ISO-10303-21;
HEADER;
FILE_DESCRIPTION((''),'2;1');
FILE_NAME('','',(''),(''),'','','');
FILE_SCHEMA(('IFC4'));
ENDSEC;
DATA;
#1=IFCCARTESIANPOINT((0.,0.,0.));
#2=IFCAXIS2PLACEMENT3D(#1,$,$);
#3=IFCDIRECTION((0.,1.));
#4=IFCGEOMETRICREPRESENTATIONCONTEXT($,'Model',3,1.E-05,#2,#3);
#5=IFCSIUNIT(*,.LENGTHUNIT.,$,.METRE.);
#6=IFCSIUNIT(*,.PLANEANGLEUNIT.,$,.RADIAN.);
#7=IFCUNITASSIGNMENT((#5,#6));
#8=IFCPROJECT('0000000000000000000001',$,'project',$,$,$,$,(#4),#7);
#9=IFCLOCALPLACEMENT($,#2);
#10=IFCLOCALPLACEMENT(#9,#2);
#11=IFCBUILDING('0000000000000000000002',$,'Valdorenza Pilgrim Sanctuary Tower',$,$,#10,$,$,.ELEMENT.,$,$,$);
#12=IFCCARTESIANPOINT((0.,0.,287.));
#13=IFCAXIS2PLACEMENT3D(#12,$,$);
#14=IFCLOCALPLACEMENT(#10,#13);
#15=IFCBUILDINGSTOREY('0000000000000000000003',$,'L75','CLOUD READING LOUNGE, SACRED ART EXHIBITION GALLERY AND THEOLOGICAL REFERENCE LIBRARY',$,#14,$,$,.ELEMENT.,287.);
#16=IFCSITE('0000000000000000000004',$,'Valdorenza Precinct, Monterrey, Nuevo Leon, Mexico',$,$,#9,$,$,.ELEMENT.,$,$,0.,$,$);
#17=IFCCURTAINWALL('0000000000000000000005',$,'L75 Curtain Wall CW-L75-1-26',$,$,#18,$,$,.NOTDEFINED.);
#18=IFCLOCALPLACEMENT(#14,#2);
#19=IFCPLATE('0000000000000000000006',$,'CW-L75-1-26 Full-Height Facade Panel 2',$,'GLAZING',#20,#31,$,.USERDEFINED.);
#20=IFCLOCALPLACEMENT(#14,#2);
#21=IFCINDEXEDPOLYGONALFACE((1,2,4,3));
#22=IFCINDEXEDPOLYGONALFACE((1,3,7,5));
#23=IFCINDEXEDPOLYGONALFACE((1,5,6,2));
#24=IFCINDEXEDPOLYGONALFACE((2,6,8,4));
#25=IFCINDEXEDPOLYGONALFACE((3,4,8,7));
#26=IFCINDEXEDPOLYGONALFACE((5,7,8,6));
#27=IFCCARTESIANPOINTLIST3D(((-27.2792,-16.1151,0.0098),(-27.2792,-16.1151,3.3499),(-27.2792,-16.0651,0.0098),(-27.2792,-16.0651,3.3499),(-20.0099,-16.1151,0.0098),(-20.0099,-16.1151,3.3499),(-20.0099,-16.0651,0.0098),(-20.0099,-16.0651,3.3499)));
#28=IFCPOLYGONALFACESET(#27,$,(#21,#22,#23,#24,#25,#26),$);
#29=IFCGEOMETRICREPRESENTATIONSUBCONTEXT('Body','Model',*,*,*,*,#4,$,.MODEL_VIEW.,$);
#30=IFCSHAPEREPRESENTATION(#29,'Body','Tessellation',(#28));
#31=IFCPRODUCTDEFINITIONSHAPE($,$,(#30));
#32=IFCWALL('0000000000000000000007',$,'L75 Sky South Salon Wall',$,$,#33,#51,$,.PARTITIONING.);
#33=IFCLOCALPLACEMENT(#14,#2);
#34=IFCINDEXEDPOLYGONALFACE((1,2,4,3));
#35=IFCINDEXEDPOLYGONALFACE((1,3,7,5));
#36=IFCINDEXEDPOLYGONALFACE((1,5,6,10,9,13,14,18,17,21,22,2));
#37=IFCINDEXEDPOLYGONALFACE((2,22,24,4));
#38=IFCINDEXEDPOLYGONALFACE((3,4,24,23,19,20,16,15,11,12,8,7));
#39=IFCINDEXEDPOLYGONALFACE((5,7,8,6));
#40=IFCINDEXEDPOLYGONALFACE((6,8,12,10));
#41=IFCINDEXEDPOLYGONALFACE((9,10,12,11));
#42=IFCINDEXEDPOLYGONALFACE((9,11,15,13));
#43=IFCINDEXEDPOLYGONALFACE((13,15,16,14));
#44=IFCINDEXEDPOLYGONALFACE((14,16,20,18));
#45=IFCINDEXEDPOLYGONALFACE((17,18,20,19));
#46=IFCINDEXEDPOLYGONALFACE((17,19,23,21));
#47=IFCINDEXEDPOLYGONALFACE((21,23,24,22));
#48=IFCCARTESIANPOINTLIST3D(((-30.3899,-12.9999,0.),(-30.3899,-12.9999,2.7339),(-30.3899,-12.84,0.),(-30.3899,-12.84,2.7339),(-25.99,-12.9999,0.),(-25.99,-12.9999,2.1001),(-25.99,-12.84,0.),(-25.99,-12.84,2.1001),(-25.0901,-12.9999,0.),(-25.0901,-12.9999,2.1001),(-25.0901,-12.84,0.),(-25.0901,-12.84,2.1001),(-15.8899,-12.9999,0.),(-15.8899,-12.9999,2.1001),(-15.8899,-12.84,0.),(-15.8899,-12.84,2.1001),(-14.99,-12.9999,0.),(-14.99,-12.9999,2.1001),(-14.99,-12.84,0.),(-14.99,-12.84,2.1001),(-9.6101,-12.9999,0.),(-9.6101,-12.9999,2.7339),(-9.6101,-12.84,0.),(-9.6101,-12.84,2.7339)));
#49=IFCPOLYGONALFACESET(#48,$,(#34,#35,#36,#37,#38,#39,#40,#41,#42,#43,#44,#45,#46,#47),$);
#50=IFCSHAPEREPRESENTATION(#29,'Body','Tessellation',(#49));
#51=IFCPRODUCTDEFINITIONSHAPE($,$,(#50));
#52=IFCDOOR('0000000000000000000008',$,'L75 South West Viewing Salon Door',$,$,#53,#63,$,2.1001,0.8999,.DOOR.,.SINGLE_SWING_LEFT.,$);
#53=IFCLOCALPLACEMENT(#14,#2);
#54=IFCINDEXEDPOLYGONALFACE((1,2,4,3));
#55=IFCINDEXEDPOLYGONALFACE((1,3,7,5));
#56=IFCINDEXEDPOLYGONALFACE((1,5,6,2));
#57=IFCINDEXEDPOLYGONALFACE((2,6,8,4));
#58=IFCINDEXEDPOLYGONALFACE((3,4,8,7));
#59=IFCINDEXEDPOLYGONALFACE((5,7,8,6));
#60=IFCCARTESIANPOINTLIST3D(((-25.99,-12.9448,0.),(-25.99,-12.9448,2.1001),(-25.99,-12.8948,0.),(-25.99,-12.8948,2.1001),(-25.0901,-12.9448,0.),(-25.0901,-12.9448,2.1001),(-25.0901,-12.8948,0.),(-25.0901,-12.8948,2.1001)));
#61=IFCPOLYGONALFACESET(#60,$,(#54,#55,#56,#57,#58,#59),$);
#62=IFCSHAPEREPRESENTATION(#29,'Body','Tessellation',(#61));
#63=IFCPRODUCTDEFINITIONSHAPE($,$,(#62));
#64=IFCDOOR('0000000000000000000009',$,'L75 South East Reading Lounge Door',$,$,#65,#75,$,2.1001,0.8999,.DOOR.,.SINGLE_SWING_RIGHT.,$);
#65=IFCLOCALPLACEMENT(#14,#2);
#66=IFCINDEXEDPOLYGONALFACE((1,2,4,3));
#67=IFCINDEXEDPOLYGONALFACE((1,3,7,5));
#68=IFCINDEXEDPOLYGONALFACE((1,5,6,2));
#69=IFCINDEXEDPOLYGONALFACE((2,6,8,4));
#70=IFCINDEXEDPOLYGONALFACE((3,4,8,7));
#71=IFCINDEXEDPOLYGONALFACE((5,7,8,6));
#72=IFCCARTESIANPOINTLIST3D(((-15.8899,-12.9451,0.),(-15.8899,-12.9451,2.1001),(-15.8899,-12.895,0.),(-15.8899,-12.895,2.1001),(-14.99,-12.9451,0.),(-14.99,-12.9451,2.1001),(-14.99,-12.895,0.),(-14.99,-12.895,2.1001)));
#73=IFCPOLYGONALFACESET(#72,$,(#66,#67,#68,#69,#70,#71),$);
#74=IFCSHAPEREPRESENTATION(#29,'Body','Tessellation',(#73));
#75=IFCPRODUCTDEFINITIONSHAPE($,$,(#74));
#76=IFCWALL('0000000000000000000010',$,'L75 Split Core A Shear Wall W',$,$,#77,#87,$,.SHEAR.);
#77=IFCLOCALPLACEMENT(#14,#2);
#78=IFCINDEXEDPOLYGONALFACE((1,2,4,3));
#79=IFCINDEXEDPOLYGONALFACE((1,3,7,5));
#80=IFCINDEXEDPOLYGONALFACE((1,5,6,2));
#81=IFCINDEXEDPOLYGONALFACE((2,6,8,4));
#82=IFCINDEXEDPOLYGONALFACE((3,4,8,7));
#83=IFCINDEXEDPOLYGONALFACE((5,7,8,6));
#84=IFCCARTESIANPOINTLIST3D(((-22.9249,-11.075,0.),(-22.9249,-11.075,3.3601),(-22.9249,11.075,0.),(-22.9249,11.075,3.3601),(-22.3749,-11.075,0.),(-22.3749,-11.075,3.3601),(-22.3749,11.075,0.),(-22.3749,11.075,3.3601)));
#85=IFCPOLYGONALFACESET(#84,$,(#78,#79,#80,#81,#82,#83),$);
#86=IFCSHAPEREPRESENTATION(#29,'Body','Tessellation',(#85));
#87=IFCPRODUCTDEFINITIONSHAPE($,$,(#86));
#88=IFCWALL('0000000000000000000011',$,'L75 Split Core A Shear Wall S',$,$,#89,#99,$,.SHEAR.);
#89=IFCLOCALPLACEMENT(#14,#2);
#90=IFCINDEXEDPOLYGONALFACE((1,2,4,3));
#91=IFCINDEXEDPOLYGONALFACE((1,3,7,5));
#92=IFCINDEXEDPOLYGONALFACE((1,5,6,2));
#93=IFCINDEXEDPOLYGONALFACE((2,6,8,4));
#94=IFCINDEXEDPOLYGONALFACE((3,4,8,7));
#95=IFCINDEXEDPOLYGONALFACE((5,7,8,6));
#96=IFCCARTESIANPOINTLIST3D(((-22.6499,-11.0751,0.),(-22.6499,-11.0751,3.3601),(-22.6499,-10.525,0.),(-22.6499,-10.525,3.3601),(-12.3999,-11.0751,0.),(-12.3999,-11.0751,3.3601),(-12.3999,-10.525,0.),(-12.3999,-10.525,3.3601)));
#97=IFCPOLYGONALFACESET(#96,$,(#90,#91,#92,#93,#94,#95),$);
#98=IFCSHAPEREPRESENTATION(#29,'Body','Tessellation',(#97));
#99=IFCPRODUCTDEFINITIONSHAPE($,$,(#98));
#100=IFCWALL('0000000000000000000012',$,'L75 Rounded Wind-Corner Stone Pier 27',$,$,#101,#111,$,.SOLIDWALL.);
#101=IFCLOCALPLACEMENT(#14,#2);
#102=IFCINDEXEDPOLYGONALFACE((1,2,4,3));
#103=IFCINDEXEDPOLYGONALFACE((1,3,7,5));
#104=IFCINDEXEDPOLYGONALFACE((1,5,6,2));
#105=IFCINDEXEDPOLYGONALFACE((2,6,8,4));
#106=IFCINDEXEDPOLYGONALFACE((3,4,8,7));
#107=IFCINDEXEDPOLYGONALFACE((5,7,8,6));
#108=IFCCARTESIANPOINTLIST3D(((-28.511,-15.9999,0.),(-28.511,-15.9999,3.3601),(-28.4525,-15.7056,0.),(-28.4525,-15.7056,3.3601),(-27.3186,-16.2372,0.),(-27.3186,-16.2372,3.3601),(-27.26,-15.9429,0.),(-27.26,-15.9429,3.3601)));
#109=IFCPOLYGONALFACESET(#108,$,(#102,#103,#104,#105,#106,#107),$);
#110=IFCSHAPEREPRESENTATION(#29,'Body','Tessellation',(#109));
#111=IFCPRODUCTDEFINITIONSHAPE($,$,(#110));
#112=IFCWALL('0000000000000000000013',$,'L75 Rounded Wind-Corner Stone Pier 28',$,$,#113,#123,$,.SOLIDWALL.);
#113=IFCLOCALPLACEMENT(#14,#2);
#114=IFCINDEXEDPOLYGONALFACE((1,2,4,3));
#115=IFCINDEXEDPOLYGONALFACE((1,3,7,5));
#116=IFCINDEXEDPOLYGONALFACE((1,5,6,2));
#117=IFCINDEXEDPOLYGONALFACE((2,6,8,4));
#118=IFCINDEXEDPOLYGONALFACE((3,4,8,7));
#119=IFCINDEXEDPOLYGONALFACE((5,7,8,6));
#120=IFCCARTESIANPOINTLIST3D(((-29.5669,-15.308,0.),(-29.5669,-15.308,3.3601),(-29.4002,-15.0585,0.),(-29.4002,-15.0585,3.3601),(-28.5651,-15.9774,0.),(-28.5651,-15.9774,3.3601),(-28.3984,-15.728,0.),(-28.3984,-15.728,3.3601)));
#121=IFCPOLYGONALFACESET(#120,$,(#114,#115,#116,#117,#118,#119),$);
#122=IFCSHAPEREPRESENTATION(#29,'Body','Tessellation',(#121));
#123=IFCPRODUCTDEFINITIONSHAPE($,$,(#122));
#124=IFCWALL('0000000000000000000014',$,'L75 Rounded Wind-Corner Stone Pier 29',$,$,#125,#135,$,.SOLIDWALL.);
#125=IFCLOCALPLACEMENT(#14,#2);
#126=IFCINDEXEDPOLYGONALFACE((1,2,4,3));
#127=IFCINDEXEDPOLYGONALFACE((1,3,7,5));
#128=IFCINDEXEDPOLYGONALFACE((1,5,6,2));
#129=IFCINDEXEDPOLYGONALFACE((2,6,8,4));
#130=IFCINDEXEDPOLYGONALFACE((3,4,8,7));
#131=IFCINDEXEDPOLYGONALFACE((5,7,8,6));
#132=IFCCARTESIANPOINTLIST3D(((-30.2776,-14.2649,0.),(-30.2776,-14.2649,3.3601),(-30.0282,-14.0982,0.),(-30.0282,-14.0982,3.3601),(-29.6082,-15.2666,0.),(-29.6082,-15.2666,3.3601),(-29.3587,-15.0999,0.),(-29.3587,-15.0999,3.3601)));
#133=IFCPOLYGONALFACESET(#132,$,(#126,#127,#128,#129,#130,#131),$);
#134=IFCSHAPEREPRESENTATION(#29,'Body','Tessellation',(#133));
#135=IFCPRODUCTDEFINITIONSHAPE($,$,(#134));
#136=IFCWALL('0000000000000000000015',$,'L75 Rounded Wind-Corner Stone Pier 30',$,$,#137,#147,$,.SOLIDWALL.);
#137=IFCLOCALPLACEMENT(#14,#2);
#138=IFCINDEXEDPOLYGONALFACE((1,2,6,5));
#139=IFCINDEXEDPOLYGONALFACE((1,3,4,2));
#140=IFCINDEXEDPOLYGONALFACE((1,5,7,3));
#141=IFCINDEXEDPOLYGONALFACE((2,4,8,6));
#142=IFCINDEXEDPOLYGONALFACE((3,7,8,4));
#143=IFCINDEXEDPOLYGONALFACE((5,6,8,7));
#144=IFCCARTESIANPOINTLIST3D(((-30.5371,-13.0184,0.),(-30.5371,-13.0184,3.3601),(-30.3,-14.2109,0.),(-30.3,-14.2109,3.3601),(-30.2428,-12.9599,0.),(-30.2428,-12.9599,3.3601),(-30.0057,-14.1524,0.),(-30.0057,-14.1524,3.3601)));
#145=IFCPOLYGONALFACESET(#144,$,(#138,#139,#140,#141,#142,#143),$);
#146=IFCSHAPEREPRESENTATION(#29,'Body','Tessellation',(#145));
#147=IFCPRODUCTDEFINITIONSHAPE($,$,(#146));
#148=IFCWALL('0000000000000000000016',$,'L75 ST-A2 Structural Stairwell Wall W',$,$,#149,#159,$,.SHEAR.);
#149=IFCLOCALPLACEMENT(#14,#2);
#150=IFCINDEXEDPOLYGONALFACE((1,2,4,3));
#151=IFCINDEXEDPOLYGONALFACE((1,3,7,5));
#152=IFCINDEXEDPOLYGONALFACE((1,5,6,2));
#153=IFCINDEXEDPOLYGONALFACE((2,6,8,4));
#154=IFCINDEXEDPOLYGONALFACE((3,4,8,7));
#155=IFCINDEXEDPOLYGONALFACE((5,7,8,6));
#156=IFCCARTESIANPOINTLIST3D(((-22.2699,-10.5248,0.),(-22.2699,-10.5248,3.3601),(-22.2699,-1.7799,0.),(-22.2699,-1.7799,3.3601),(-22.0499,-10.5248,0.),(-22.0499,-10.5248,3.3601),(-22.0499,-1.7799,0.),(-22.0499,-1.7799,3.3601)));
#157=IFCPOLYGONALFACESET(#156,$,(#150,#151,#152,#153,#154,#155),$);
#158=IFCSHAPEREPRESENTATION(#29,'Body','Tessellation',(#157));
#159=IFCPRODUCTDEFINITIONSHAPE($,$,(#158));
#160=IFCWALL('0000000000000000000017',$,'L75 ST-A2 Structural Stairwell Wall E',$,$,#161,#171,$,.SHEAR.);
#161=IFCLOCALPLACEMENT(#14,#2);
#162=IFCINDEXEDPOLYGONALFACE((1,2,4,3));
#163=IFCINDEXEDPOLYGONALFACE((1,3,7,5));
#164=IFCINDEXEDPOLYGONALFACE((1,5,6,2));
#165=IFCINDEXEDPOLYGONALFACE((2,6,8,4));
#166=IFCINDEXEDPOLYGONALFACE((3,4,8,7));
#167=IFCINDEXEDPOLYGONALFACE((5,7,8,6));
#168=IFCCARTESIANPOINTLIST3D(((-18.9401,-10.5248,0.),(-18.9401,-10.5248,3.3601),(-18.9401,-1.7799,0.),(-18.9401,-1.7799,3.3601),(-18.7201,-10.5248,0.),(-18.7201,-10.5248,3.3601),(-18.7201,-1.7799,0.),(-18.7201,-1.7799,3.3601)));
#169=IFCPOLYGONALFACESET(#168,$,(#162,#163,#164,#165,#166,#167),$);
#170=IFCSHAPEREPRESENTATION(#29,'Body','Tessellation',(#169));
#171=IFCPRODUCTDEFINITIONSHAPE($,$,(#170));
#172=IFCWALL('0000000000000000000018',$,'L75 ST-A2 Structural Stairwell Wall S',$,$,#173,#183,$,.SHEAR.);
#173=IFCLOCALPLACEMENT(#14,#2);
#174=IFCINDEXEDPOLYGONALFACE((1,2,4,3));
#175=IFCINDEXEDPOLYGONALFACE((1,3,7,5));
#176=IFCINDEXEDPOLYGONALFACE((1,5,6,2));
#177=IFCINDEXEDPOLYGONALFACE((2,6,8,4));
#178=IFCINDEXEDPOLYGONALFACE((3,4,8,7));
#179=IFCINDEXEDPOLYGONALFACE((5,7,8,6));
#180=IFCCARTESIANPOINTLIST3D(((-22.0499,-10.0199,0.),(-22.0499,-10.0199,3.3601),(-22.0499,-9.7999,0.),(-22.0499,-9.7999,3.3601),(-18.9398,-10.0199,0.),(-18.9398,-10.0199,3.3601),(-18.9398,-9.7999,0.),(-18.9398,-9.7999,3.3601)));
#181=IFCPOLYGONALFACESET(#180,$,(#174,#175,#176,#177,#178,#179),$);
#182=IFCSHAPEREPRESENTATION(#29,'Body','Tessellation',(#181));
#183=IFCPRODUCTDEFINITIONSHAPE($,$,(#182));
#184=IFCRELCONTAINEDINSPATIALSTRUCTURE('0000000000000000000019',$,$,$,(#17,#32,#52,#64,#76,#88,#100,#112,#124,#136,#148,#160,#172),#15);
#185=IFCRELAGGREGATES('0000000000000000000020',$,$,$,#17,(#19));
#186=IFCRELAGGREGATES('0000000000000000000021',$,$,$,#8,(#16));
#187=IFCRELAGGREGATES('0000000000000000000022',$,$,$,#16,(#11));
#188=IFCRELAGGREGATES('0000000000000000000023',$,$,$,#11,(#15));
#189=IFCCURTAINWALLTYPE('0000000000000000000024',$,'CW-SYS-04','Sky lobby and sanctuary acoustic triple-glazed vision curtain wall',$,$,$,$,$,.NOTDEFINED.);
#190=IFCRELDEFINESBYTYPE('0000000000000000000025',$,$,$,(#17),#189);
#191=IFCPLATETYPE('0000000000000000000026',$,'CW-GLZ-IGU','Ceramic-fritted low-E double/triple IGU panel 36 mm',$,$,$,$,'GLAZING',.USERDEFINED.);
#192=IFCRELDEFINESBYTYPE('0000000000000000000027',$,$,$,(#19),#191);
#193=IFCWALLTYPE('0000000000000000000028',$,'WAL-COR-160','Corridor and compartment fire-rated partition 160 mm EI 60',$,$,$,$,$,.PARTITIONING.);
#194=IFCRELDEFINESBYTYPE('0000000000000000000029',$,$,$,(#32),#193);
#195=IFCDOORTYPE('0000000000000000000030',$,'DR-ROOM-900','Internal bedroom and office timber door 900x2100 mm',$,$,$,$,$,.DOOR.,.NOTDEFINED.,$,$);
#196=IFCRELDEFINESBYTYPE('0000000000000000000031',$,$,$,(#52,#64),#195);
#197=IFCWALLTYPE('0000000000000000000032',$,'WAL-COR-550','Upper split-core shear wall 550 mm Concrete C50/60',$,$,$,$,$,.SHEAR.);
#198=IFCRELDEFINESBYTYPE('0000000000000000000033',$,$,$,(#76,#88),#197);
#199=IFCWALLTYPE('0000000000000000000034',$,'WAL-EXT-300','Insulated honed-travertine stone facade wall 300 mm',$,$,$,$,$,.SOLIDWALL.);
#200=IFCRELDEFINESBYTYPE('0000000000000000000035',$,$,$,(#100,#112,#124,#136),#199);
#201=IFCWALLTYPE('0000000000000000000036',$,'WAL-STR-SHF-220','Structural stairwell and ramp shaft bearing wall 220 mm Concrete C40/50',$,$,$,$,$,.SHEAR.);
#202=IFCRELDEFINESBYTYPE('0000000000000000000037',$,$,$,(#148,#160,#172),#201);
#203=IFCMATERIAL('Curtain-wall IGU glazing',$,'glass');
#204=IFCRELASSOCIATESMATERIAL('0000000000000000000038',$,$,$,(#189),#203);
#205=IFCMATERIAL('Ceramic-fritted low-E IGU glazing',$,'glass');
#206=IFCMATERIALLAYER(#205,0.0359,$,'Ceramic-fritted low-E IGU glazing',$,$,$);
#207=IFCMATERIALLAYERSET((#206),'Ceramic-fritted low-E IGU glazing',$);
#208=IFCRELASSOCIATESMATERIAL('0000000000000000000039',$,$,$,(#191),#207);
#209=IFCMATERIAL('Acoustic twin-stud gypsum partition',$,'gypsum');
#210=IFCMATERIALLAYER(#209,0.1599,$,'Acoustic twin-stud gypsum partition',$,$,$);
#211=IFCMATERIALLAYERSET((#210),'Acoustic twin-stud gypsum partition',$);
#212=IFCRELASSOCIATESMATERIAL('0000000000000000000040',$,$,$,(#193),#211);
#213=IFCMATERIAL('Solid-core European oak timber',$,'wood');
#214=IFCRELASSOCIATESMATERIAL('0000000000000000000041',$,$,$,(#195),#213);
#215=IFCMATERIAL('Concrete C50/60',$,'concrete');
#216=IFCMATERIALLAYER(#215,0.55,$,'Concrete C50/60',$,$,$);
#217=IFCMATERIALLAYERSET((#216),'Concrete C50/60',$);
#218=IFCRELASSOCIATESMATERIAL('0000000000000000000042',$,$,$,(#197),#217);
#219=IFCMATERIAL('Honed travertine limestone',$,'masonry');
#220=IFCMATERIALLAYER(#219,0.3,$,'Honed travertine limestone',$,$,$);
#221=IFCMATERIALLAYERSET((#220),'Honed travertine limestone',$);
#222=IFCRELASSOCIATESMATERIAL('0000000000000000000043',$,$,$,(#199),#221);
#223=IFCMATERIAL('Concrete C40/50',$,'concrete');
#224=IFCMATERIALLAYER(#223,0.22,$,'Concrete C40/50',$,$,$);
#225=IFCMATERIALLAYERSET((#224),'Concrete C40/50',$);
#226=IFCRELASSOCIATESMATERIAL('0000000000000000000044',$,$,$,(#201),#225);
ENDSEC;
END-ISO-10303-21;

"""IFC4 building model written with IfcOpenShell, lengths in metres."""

from ifc_helpers import new_model, si_unit, direction, frame, frame_2d, origin, origin_2d, place, context, subcontext, project, spatial, rectangle, extrude, source, transform, mapped, material, layer, layer_set, type_object, element, fill, aggregate, save


model = new_model("IFC4")

# Units and contexts
model_context = context("Model", 3, precision=1e-05, world=origin(), true_north=direction((0.0, 1.0)))
body_context = subcontext(model_context, "Body", "Model", "MODEL_VIEW")
ifc_project = project(units=[si_unit("LENGTHUNIT", "METRE"), si_unit("PLANEANGLEUNIT", "RADIAN")], contexts=[model_context])

# Site, building, storey
site_placement = place(None, origin())
site = spatial("IfcSite", under=ifc_project, at=site_placement, Name="Valdorenza Precinct, Monterrey, Nuevo Leon, Mexico", CompositionType="ELEMENT", RefElevation=0.0)
building_placement = place(site_placement, origin())
building = spatial("IfcBuilding", under=site, at=building_placement, Name="Valdorenza Pilgrim Sanctuary Tower", CompositionType="ELEMENT")
storey_placement = place(building_placement, frame((0.0, 0.0, 287.0)))
storey = spatial("IfcBuildingStorey", under=building, at=storey_placement, Name="L75", Description="CLOUD READING LOUNGE, SACRED ART EXHIBITION GALLERY AND THEOLOGICAL REFERENCE LIBRARY", CompositionType="ELEMENT", Elevation=287.0)

# Shared definitions
ifc_material_1 = material(Name="Concrete C50/60", Category="concrete")

# Shared definitions
ifc_material_2 = material(Name="Curtain-wall IGU glazing", Category="glass")
curtain_wall_type = type_object("IfcCurtainWallType", Name="CW-SYS-04", Description="Sky lobby and sanctuary acoustic triple-glazed vision curtain wall", PredefinedType="NOTDEFINED", material=ifc_material_2)

# Curtain wall
curtain_wall_1_placement = place(storey_placement, origin())
curtain_wall_1 = element("IfcCurtainWall", 1, at=curtain_wall_1_placement, inside=storey, type_object=curtain_wall_type, Name="L75 Curtain Wall CW-L75-1-26", PredefinedType="NOTDEFINED")

# Plate
ifc_material_3 = material(Name="Ceramic-fritted low-E IGU glazing", Category="glass")
ifc_layer_1 = layer(ifc_material_3, 0.0359, Name="Ceramic-fritted low-E IGU glazing")
ifc_layer_set_1 = layer_set([ifc_layer_1], Name="Ceramic-fritted low-E IGU glazing")
plate_type = type_object("IfcPlateType", Name="CW-GLZ-IGU", Description="Ceramic-fritted low-E double/triple IGU panel 36 mm", ElementType="GLAZING", PredefinedType="USERDEFINED", material=ifc_layer_set_1)
shared_shape_1 = source(origin(), body_context, "Body", "SweptSolid", [
    extrude(rectangle(XDim=7.2693, YDim=0.05, at=origin_2d()), origin(), (0.0, 0.0, 1.0), 3.3401),
])
plate_placement = place(storey_placement, frame((-23.6445, -16.0901, 0.0098), z_axis=(0.0, 0.0, 1.0), x_axis=(-1.0, 0.0, 0.0)))
plate = element("IfcPlate", 2, at=plate_placement, type_object=plate_type, Name="CW-L75-1-26 Full-Height Facade Panel 2", ObjectType="GLAZING", PredefinedType="USERDEFINED", context=body_context, shape_type="MappedRepresentation", body=[
    mapped(shared_shape_1, transform((0.0, 0.0, 0.0), x_axis=(1.0, 0.0, 0.0), y_axis=(0.0, 1.0, 0.0), z_axis=(0.0, 0.0, 1.0), scale=1.0)),
])
aggregate(curtain_wall_1, [plate])

# Wall, openings, doors
ifc_material_4 = material(Name="Acoustic twin-stud gypsum partition", Category="gypsum")
ifc_layer_2 = layer(ifc_material_4, 0.1599, Name="Acoustic twin-stud gypsum partition")
ifc_layer_set_2 = layer_set([ifc_layer_2], Name="Acoustic twin-stud gypsum partition")
wall_type_1 = type_object("IfcWallType", Name="WAL-COR-160", Description="Corridor and compartment fire-rated partition 160 mm EI 60", PredefinedType="PARTITIONING", material=ifc_layer_set_2)
ifc_material_5 = material(Name="Solid-core European oak timber", Category="wood")
door_type_1 = type_object("IfcDoorType", Name="DR-ROOM-900", Description="Internal bedroom and office timber door 900x2100 mm", OperationType="NOTDEFINED", PredefinedType="DOOR", material=ifc_material_5)
wall_1_placement = place(storey_placement, frame((-30.3899, -12.9199, 0.0), z_axis=(0.0, 0.0, 1.0), x_axis=(1.0, 0.0, 0.0)))
wall_1 = element("IfcWall", 3, at=wall_1_placement, inside=storey, type_object=wall_type_1, Name="L75 Sky South Salon Wall", PredefinedType="PARTITIONING", context=body_context, shape_type="SweptSolid", body=[
    extrude(rectangle(XDim=20.7798, YDim=0.1599, at=frame_2d((10.3899, 0.0))), origin(), (0.0, 0.0, 1.0), 2.7339),
])
opening_1_placement = place(wall_1_placement, frame((4.3999, 0.0, 0.0)))
opening_1 = element("IfcOpeningElement", 4, at=opening_1_placement, cuts=wall_1, PredefinedType="OPENING", context=body_context, shape_type="SweptSolid", body=[
    extrude(rectangle(XDim=0.8999, YDim=2.1001, at=frame_2d((0.45, 1.05))), frame((0.0, 0.0947, 0.0), z_axis=(0.0, -1.0, 0.0), x_axis=(1.0, 0.0, 0.0)), (0.0, 0.0, 1.0), 0.1897),
])
opening_2_placement = place(wall_1_placement, frame((14.5, 0.0, 0.0)))
opening_2 = element("IfcOpeningElement", 5, at=opening_2_placement, cuts=wall_1, PredefinedType="OPENING", context=body_context, shape_type="SweptSolid", body=[
    extrude(rectangle(XDim=0.8999, YDim=2.1001, at=frame_2d((0.45, 1.05))), frame((0.0, 0.0947, 0.0), z_axis=(0.0, -1.0, 0.0), x_axis=(1.0, 0.0, 0.0)), (0.0, 0.0, 1.0), 0.1897),
])
door_1_placement = place(opening_1_placement, frame((0.8999, 0.0, 0.0), z_axis=(0.0, 0.0, 1.0), x_axis=(-1.0, 0.0, 0.0)))
door_1 = element("IfcDoor", 6, at=door_1_placement, inside=storey, type_object=door_type_1, Name="L75 South West Viewing Salon Door", OperationType="SINGLE_SWING_LEFT", OverallHeight=2.1001, OverallWidth=0.8999, PredefinedType="DOOR", context=body_context, shape_type="SweptSolid", body=[
    extrude(rectangle(XDim=0.8999, YDim=2.1001, at=frame_2d((0.45, 1.05))), frame((0.0, 0.0249, 0.0), z_axis=(0.0, -1.0, 0.0), x_axis=(1.0, 0.0, 0.0)), (0.0, 0.0, 1.0), 0.05),
])
fill(opening_1, door_1)
door_2_placement = place(opening_2_placement, origin())
door_2 = element("IfcDoor", 7, at=door_2_placement, inside=storey, type_object=door_type_1, Name="L75 South East Reading Lounge Door", OperationType="SINGLE_SWING_RIGHT", OverallHeight=2.1001, OverallWidth=0.8999, PredefinedType="DOOR", context=body_context, shape_type="SweptSolid", body=[
    extrude(rectangle(XDim=0.8999, YDim=2.1001, at=frame_2d((0.45, 1.05))), frame((0.0, 0.0249, 0.0), z_axis=(0.0, -1.0, 0.0), x_axis=(1.0, 0.0, 0.0)), (0.0, 0.0, 1.0), 0.05),
])
fill(opening_2, door_2)

# Walls
ifc_layer_3 = layer(ifc_material_1, 0.55, Name="Concrete C50/60")
ifc_layer_set_3 = layer_set([ifc_layer_3], Name="Concrete C50/60")
wall_type_2 = type_object("IfcWallType", Name="WAL-COR-550", Description="Upper split-core shear wall 550 mm Concrete C50/60", PredefinedType="SHEAR", material=ifc_layer_set_3)
wall_2_placement = place(storey_placement, frame((-22.6499, -11.075, 0.0), z_axis=(0.0, 0.0, 1.0), x_axis=(0.0, 1.0, 0.0)))
element("IfcWall", 8, at=wall_2_placement, inside=storey, type_object=wall_type_2, Name="L75 Split Core A Shear Wall W", PredefinedType="SHEAR", context=body_context, shape_type="SweptSolid", body=[
    extrude(rectangle(XDim=22.1499, YDim=0.55, at=frame_2d((11.075, 0.0))), origin(), (0.0, 0.0, 1.0), 3.3601),
])
wall_3_placement = place(storey_placement, frame((-22.6499, -10.8, 0.0), z_axis=(0.0, 0.0, 1.0), x_axis=(1.0, 0.0, 0.0)))
element("IfcWall", 9, at=wall_3_placement, inside=storey, type_object=wall_type_2, Name="L75 Split Core A Shear Wall S", PredefinedType="SHEAR", context=body_context, shape_type="SweptSolid", body=[
    extrude(rectangle(XDim=10.25, YDim=0.55, at=frame_2d((5.125, 0.0))), origin(), (0.0, 0.0, 1.0), 3.3601),
])
ifc_material_6 = material(Name="Honed travertine limestone", Category="masonry")
ifc_layer_4 = layer(ifc_material_6, 0.3, Name="Honed travertine limestone")
ifc_layer_set_4 = layer_set([ifc_layer_4], Name="Honed travertine limestone")
wall_type_3 = type_object("IfcWallType", Name="WAL-EXT-300", Description="Insulated honed-travertine stone facade wall 300 mm", PredefinedType="SOLIDWALL", material=ifc_layer_set_4)
wall_4_placement = place(storey_placement, frame((-27.2893, -16.0901, 0.0), z_axis=(0.0, 0.0, 1.0), x_axis=(-0.980766, 0.195189, 0.0)))
element("IfcWall", 10, at=wall_4_placement, inside=storey, type_object=wall_type_3, Name="L75 Rounded Wind-Corner Stone Pier 27", PredefinedType="SOLIDWALL", context=body_context, shape_type="SweptSolid", body=[
    extrude(rectangle(XDim=1.2158, YDim=0.3, at=frame_2d((0.6079, 0.0))), origin(), (0.0, 0.0, 1.0), 3.3601),
])
for number, where, z_axis, x_axis, name in (
    (11, (-28.4817, -15.8528, 0.0), (0.0, 0.0, 1.0), (-0.831426, 0.555635, 0.0), "L75 Rounded Wind-Corner Stone Pier 28"),
    (12, (-29.4834, -15.1833, 0.0), (0.0, 0.0, 1.0), (-0.555635, 0.831426, 0.0), "L75 Rounded Wind-Corner Stone Pier 29"),
):
    element("IfcWall", number, at=place(storey_placement, frame(where, z_axis=z_axis, x_axis=x_axis)), inside=storey, type_object=wall_type_3, Name=name, PredefinedType="SOLIDWALL", context=body_context, shape_type="SweptSolid", body=[
        extrude(rectangle(XDim=1.2048, YDim=0.3, at=frame_2d((0.6025, 0.0))), origin(), (0.0, 0.0, 1.0), 3.3601),
    ])
wall_5_placement = place(storey_placement, frame((-30.1528, -14.1816, 0.0), z_axis=(0.0, 0.0, 1.0), x_axis=(-0.194996, 0.980804, 0.0)))
element("IfcWall", 13, at=wall_5_placement, inside=storey, type_object=wall_type_3, Name="L75 Rounded Wind-Corner Stone Pier 30", PredefinedType="SOLIDWALL", context=body_context, shape_type="SweptSolid", body=[
    extrude(rectangle(XDim=1.2158, YDim=0.3, at=frame_2d((0.6079, 0.0))), origin(), (0.0, 0.0, 1.0), 3.3601),
])
ifc_material_7 = material(Name="Concrete C40/50", Category="concrete")
ifc_layer_5 = layer(ifc_material_7, 0.22, Name="Concrete C40/50")
ifc_layer_set_5 = layer_set([ifc_layer_5], Name="Concrete C40/50")
wall_type_4 = type_object("IfcWallType", Name="WAL-STR-SHF-220", Description="Structural stairwell and ramp shaft bearing wall 220 mm Concrete C40/50", PredefinedType="SHEAR", material=ifc_layer_set_5)
for number, where, z_axis, x_axis, name in (
    (14, (-22.1599, -10.5249, 0.0), (0.0, 0.0, 1.0), (0.0, 1.0, 0.0), "L75 ST-A2 Structural Stairwell Wall W"),
    (15, (-18.8301, -10.5249, 0.0), (0.0, 0.0, 1.0), (0.0, 1.0, 0.0), "L75 ST-A2 Structural Stairwell Wall E"),
):
    element("IfcWall", number, at=place(storey_placement, frame(where, z_axis=z_axis, x_axis=x_axis)), inside=storey, type_object=wall_type_4, Name=name, PredefinedType="SHEAR", context=body_context, shape_type="SweptSolid", body=[
        extrude(rectangle(XDim=8.7449, YDim=0.22, at=frame_2d((4.3726, 0.0))), origin(), (0.0, 0.0, 1.0), 3.3601),
    ])
wall_6_placement = place(storey_placement, frame((-22.05, -9.9099, 0.0), z_axis=(0.0, 0.0, 1.0), x_axis=(1.0, 0.0, 0.0)))
element("IfcWall", 16, at=wall_6_placement, inside=storey, type_object=wall_type_4, Name="L75 ST-A2 Structural Stairwell Wall S", PredefinedType="SHEAR", context=body_context, shape_type="SweptSolid", body=[
    extrude(rectangle(XDim=3.1101, YDim=0.22, at=frame_2d((1.5552, 0.0))), origin(), (0.0, 0.0, 1.0), 3.3601),
])

save(model, "model.ifc")
